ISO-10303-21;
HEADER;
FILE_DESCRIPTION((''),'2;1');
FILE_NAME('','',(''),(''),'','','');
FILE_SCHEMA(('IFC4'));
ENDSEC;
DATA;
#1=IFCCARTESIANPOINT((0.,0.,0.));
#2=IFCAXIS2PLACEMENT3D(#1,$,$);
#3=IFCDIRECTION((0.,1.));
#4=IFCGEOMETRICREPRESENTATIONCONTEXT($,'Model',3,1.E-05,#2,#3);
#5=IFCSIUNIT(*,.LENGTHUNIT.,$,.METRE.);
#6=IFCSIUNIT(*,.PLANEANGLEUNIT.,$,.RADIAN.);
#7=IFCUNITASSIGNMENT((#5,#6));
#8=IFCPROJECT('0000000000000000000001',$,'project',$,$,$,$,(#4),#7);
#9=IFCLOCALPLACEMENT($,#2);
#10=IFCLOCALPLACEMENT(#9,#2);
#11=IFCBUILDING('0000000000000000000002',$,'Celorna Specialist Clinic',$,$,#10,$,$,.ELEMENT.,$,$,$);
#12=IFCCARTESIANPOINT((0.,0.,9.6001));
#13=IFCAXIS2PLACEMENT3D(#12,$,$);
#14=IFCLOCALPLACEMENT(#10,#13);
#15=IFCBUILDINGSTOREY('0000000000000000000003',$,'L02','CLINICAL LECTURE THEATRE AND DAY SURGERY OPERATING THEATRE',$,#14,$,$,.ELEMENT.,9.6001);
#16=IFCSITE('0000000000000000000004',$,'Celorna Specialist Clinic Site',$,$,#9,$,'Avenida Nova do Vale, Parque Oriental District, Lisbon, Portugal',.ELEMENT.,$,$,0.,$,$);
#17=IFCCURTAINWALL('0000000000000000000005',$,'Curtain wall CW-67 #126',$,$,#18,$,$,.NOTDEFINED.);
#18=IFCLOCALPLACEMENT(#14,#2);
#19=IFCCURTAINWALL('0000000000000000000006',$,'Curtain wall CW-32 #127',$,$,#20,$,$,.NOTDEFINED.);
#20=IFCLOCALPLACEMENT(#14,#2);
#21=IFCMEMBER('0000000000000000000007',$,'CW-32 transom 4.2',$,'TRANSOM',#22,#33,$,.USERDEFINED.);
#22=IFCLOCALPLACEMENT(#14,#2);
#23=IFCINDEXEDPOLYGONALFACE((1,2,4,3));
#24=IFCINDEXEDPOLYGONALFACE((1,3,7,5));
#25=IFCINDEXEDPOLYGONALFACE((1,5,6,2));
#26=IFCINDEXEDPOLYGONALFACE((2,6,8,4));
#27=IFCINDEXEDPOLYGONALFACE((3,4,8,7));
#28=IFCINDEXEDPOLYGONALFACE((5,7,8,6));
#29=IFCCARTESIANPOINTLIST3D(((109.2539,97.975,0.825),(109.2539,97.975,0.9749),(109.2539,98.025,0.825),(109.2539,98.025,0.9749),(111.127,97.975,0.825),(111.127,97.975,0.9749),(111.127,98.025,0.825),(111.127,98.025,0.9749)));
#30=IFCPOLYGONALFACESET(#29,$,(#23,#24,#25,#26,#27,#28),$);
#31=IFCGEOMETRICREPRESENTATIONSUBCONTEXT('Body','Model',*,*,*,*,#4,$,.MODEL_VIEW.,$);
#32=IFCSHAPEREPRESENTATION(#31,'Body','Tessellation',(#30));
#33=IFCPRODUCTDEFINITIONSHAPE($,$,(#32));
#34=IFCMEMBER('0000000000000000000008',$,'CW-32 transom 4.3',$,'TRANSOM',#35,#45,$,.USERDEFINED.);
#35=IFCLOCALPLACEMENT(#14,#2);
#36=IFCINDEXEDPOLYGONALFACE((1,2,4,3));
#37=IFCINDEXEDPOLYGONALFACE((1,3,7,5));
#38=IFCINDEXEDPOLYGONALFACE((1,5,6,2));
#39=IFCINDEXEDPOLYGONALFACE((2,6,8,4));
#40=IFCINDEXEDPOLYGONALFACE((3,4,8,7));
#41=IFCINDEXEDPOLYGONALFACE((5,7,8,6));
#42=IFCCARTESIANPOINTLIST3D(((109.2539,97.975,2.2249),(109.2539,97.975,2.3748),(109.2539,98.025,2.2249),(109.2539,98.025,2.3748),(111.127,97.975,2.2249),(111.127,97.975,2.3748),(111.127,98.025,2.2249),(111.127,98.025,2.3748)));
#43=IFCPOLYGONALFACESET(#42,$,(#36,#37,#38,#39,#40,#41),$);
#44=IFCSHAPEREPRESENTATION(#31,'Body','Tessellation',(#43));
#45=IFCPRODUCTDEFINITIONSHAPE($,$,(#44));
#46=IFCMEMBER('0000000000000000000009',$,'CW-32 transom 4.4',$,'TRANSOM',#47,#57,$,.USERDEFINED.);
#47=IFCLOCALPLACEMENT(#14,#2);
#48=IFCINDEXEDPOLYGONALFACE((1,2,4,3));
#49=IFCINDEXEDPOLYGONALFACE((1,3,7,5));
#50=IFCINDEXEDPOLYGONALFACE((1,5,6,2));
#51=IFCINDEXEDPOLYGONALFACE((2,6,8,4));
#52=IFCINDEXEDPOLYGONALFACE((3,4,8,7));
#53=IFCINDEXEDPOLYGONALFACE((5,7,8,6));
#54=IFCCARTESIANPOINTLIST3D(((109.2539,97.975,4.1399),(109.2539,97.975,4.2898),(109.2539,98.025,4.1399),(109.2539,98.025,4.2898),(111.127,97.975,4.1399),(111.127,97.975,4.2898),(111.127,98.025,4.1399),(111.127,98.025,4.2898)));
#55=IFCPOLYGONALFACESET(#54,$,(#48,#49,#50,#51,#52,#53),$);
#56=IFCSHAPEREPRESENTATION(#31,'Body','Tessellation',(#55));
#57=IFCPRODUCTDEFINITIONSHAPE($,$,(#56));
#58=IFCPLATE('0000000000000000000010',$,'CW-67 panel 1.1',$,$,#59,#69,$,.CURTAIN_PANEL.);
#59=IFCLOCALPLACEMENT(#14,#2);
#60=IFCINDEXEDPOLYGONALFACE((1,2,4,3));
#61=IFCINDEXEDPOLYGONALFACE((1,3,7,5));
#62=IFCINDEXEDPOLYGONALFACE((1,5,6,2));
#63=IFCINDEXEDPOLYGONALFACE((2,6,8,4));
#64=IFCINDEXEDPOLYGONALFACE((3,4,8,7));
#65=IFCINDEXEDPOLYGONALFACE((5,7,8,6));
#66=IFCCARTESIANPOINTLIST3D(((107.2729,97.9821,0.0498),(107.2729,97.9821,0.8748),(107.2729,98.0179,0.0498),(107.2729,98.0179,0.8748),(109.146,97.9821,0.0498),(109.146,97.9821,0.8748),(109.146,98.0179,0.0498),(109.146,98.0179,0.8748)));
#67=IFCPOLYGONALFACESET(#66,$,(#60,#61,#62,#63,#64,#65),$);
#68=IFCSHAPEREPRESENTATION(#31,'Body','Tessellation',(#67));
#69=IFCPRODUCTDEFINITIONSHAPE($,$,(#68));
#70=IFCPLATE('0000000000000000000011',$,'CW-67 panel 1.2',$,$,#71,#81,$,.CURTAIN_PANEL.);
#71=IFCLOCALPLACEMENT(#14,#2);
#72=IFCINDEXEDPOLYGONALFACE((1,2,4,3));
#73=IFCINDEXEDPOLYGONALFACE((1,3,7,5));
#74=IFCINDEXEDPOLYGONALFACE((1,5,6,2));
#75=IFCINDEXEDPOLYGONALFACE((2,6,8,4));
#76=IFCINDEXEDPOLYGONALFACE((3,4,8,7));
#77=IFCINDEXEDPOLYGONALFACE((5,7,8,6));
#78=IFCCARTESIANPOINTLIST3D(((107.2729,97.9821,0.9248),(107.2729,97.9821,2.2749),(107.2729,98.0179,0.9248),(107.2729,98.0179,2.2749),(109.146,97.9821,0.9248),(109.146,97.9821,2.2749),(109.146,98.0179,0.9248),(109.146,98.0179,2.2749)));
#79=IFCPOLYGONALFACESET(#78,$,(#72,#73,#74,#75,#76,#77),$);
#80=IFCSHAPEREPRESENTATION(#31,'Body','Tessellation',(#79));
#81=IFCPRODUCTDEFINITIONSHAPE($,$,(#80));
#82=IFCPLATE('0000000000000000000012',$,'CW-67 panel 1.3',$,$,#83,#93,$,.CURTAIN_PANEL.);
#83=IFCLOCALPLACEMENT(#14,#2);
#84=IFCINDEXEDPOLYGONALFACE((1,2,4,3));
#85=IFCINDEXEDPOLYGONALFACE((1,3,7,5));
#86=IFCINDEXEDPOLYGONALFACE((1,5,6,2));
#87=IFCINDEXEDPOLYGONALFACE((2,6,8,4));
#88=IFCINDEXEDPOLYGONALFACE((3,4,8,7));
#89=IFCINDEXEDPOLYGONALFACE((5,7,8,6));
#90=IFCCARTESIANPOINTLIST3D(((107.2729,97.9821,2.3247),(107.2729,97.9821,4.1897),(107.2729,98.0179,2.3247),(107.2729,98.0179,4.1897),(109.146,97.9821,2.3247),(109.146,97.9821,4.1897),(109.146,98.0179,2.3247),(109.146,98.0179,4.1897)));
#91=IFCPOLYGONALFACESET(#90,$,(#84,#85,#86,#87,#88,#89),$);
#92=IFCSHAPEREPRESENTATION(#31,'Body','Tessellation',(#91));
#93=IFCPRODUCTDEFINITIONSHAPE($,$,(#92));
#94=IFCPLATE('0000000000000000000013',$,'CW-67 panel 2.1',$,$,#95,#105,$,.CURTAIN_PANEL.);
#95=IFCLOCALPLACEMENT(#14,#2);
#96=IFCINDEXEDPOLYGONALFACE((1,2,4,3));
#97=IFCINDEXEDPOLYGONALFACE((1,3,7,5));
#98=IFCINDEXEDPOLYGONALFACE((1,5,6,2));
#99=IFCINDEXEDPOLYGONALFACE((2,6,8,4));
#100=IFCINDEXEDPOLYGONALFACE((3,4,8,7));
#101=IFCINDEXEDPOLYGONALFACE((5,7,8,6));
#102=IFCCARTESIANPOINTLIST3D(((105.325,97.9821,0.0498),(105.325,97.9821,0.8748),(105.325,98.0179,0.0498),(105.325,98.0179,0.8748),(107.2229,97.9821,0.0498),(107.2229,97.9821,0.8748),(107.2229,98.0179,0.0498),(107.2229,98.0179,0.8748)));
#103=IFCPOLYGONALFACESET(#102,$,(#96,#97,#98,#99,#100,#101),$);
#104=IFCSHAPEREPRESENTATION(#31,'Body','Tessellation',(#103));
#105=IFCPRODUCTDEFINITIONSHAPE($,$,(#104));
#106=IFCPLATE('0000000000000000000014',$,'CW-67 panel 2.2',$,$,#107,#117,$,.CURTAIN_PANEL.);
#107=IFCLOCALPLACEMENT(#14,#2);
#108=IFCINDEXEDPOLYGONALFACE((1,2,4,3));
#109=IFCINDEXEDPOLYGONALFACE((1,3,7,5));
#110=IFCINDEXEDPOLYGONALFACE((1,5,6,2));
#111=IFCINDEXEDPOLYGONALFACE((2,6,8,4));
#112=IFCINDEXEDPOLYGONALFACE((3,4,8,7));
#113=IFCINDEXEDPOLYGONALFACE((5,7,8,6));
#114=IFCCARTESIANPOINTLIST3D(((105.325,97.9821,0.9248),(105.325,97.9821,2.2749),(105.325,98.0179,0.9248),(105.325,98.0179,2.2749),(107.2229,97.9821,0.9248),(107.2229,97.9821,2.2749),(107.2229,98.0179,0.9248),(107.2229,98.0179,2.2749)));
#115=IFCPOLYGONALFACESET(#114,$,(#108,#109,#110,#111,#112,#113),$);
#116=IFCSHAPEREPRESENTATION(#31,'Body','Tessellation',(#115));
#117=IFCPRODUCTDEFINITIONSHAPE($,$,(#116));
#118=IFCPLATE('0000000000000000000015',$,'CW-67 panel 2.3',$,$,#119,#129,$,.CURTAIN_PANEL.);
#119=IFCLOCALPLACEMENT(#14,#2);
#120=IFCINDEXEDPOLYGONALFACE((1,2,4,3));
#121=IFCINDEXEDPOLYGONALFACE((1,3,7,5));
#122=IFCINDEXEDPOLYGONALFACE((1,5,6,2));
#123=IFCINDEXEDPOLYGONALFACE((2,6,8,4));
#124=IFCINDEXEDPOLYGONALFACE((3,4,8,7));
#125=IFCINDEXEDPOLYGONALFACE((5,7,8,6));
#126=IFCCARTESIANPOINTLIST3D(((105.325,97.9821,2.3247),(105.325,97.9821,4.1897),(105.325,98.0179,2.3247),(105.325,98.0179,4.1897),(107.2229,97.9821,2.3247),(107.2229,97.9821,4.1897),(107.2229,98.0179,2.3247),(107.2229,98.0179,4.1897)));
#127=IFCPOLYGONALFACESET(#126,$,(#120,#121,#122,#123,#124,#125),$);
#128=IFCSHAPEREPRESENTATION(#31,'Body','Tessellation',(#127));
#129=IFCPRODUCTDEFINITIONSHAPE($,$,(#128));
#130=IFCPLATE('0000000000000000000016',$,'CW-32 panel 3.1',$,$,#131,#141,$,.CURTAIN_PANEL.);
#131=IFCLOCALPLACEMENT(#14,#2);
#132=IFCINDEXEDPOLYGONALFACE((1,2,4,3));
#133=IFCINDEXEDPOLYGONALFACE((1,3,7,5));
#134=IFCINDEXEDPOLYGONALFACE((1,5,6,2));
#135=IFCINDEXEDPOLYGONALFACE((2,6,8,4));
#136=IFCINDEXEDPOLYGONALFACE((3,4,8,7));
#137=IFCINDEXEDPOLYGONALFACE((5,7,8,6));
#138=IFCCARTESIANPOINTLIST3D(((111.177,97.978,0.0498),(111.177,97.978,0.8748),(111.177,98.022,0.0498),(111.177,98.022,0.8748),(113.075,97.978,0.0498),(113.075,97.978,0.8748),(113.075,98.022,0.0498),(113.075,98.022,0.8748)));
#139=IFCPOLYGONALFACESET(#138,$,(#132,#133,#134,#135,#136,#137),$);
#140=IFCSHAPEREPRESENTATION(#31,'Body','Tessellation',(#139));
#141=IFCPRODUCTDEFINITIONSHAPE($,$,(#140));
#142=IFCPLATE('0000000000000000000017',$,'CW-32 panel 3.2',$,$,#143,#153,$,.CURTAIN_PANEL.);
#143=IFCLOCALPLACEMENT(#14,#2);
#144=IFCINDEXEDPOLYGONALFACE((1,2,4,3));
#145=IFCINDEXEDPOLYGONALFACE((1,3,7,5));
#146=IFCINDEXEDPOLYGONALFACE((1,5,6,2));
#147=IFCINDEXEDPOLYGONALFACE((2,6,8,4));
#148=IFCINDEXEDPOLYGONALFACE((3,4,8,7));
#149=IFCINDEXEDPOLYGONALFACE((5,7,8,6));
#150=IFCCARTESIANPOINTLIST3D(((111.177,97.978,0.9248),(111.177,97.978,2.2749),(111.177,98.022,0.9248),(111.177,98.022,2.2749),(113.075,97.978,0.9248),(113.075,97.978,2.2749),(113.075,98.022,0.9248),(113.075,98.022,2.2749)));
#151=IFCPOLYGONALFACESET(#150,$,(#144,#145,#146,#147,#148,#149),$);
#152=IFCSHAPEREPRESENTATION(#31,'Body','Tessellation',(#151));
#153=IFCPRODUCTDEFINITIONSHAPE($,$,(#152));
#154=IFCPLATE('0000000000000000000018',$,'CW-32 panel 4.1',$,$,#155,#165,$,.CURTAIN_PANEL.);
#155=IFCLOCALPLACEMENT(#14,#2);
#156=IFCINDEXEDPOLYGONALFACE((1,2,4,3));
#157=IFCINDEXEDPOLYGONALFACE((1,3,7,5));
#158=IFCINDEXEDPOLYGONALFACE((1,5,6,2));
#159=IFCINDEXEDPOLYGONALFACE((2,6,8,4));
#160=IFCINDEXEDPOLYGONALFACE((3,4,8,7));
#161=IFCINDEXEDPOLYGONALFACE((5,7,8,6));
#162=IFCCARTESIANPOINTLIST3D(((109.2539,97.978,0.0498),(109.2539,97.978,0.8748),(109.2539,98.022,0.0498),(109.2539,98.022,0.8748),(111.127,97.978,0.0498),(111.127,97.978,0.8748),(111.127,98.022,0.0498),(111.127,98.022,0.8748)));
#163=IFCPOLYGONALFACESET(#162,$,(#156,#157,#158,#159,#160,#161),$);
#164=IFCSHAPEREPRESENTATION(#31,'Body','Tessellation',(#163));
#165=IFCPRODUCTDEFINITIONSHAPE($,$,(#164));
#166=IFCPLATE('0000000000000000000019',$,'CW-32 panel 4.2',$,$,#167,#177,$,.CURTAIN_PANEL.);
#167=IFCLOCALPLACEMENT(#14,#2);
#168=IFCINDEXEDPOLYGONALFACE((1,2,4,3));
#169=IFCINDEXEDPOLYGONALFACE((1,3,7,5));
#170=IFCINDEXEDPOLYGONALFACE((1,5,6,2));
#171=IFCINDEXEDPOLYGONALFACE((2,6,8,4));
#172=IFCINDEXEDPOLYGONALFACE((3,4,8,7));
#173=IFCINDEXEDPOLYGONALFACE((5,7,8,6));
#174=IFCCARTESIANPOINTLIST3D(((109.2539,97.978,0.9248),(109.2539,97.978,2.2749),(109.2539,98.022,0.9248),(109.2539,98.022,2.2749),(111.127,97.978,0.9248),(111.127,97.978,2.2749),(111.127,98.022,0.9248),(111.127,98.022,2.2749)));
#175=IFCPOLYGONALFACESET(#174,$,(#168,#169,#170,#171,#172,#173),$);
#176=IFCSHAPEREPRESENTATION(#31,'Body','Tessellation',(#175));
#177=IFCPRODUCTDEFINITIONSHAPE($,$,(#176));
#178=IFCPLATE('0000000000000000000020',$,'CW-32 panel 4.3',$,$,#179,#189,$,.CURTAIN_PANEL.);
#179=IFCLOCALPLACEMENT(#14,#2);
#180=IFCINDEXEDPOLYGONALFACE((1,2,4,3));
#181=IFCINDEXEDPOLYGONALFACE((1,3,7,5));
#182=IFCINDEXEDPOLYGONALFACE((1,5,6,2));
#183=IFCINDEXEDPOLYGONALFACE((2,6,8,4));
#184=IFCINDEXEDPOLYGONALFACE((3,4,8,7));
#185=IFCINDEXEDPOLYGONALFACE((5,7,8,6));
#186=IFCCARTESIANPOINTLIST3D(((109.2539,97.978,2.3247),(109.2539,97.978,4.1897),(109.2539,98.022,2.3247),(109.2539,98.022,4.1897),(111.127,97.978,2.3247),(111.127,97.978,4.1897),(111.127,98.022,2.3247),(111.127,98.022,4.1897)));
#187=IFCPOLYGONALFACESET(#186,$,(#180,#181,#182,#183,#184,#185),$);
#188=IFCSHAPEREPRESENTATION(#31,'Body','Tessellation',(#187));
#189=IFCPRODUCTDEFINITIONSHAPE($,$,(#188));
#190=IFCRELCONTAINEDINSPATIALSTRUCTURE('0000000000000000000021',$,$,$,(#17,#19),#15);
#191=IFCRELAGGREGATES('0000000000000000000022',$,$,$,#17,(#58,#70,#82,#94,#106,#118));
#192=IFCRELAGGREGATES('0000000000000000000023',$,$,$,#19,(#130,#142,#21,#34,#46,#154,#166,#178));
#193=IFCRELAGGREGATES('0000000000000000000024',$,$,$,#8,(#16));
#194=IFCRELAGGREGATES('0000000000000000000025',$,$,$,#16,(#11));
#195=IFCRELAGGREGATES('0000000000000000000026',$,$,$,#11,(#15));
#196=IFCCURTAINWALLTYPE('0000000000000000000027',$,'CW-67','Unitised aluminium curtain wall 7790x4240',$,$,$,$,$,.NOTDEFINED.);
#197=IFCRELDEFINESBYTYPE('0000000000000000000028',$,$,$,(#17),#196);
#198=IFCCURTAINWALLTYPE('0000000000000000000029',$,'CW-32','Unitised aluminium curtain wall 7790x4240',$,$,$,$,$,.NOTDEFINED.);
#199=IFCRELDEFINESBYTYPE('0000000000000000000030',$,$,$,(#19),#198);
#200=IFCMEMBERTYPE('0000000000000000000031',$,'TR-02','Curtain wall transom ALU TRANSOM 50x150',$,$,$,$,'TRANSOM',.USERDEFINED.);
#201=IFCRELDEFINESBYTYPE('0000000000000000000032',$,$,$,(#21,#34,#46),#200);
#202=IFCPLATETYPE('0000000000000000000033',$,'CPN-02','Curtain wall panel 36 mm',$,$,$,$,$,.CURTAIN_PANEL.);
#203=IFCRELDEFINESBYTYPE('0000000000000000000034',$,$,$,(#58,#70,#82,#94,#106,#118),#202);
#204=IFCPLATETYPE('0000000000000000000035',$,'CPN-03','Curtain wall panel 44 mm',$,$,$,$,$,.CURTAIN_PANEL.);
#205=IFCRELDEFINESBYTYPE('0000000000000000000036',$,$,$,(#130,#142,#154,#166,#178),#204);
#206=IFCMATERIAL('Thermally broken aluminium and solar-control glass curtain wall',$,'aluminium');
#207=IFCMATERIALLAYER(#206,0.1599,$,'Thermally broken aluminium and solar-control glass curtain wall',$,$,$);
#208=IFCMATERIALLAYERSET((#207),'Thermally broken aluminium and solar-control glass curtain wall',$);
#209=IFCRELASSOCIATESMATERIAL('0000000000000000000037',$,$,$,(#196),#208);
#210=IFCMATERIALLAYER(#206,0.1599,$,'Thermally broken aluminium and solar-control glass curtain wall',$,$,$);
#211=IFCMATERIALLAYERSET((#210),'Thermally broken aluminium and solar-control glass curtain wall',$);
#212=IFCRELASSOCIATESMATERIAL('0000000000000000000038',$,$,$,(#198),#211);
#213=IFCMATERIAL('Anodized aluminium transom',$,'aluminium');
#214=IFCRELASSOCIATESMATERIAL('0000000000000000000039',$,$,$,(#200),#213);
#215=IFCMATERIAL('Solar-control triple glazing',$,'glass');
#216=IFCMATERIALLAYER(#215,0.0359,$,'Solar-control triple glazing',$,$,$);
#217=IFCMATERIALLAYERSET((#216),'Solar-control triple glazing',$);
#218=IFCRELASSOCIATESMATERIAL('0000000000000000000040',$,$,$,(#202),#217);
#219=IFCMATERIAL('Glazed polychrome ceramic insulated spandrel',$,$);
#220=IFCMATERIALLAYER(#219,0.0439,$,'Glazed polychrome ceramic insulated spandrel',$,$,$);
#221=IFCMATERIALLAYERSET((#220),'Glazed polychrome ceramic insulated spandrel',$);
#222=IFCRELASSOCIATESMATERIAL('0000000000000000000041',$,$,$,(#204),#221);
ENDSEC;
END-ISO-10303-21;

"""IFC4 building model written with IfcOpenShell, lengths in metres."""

from ifc_helpers import new_model, si_unit, direction, frame, origin, origin_2d, place, context, subcontext, project, spatial, rectangle, extrude, material, layer, layer_set, material_profile, profile_set, type_object, element, aggregate, save


model = new_model("IFC4")

# Units and contexts
model_context = context("Model", 3, precision=1e-05, world=origin(), true_north=direction((0.0, 1.0)))
body_context = subcontext(model_context, "Body", "Model", "MODEL_VIEW")
ifc_project = project(units=[si_unit("LENGTHUNIT", "METRE"), si_unit("PLANEANGLEUNIT", "RADIAN")], contexts=[model_context])

# Site, building, storey
site_placement = place(None, origin())
site = spatial("IfcSite", under=ifc_project, at=site_placement, Name="Celorna Specialist Clinic Site", LongName="Avenida Nova do Vale, Parque Oriental District, Lisbon, Portugal", CompositionType="ELEMENT", RefElevation=0.0)
building_placement = place(site_placement, origin())
building = spatial("IfcBuilding", under=site, at=building_placement, Name="Celorna Specialist Clinic", CompositionType="ELEMENT")
storey_placement = place(building_placement, frame((0.0, 0.0, 9.6001)))
storey = spatial("IfcBuildingStorey", under=building, at=storey_placement, Name="L02", Description="CLINICAL LECTURE THEATRE AND DAY SURGERY OPERATING THEATRE", CompositionType="ELEMENT", Elevation=9.6001)

# Curtain walls
ifc_material_1 = material(Name="Thermally broken aluminium and solar-control glass curtain wall", Category="aluminium")
ifc_layer_1 = layer(ifc_material_1, 0.1599, Name="Thermally broken aluminium and solar-control glass curtain wall")
ifc_layer_set_1 = layer_set([ifc_layer_1], Name="Thermally broken aluminium and solar-control glass curtain wall")
curtain_wall_type_1 = type_object("IfcCurtainWallType", Name="CW-67", Description="Unitised aluminium curtain wall 7790x4240", PredefinedType="NOTDEFINED", material=ifc_layer_set_1)
curtain_wall_1_placement = place(storey_placement, origin())
curtain_wall_1 = element("IfcCurtainWall", 1, at=curtain_wall_1_placement, inside=storey, type_object=curtain_wall_type_1, Name="Curtain wall CW-67 #126", PredefinedType="NOTDEFINED")
ifc_layer_2 = layer(ifc_material_1, 0.1599, Name="Thermally broken aluminium and solar-control glass curtain wall")
ifc_layer_set_2 = layer_set([ifc_layer_2], Name="Thermally broken aluminium and solar-control glass curtain wall")
curtain_wall_type_2 = type_object("IfcCurtainWallType", Name="CW-32", Description="Unitised aluminium curtain wall 7790x4240", PredefinedType="NOTDEFINED", material=ifc_layer_set_2)
curtain_wall_2_placement = place(storey_placement, origin())
curtain_wall_2 = element("IfcCurtainWall", 2, at=curtain_wall_2_placement, inside=storey, type_object=curtain_wall_type_2, Name="Curtain wall CW-32 #127", PredefinedType="NOTDEFINED")

# Members
ifc_material_2 = material(Name="Anodized aluminium transom", Category="aluminium")
ifc_material_profile_1 = material_profile(ifc_material_2, rectangle(XDim=0.05, YDim=0.1499, at=origin_2d()), Name="ALU TRANSOM 50x150")
ifc_profile_set_1 = profile_set([ifc_material_profile_1], Name="Anodized aluminium transom")
member_type_1 = type_object("IfcMemberType", Name="TR-02", Description="Curtain wall transom ALU TRANSOM 50x150", ElementType="TRANSOM", PredefinedType="USERDEFINED", material=ifc_profile_set_1)
member_1_placement = place(storey_placement, frame((111.127, 98.0, 0.8999), z_axis=(-1.0, 0.0, 0.0), x_axis=(0.0, -1.0, 0.0)))
member_1 = element("IfcMember", 3, at=member_1_placement, type_object=member_type_1, Name="CW-32 transom 4.2", ObjectType="TRANSOM", PredefinedType="USERDEFINED", context=body_context, shape_type="SweptSolid", body=[
    extrude(rectangle(XDim=0.05, YDim=0.1499, at=origin_2d()), origin(), (0.0, 0.0, 1.0), 1.873),
])
member_2_placement = place(storey_placement, frame((111.127, 98.0, 2.2998), z_axis=(-1.0, 0.0, 0.0), x_axis=(0.0, -1.0, 0.0)))
member_2 = element("IfcMember", 4, at=member_2_placement, type_object=member_type_1, Name="CW-32 transom 4.3", ObjectType="TRANSOM", PredefinedType="USERDEFINED", context=body_context, shape_type="SweptSolid", body=[
    extrude(rectangle(XDim=0.05, YDim=0.1499, at=origin_2d()), origin(), (0.0, 0.0, 1.0), 1.873),
])
member_3_placement = place(storey_placement, frame((111.127, 98.0, 4.2148), z_axis=(-1.0, 0.0, 0.0), x_axis=(0.0, -1.0, 0.0)))
member_3 = element("IfcMember", 5, at=member_3_placement, type_object=member_type_1, Name="CW-32 transom 4.4", ObjectType="TRANSOM", PredefinedType="USERDEFINED", context=body_context, shape_type="SweptSolid", body=[
    extrude(rectangle(XDim=0.05, YDim=0.1499, at=origin_2d()), origin(), (0.0, 0.0, 1.0), 1.873),
])

# Plates
ifc_material_3 = material(Name="Solar-control triple glazing", Category="glass")
ifc_layer_3 = layer(ifc_material_3, 0.0359, Name="Solar-control triple glazing")
ifc_layer_set_3 = layer_set([ifc_layer_3], Name="Solar-control triple glazing")
plate_type_1 = type_object("IfcPlateType", Name="CPN-02", Description="Curtain wall panel 36 mm", PredefinedType="CURTAIN_PANEL", material=ifc_layer_set_3)
plate_1_placement = place(storey_placement, frame((108.2095, 98.0, 0.0498), z_axis=(0.0, 0.0, 1.0), x_axis=(-1.0, 0.0, 0.0)))
plate_1 = element("IfcPlate", 6, at=plate_1_placement, type_object=plate_type_1, Name="CW-67 panel 1.1", PredefinedType="CURTAIN_PANEL", context=body_context, shape_type="SweptSolid", body=[
    extrude(rectangle(XDim=1.873, YDim=0.0359, at=origin_2d()), origin(), (0.0, 0.0, 1.0), 0.825),
])
plate_2_placement = place(storey_placement, frame((108.2095, 98.0, 0.9248), z_axis=(0.0, 0.0, 1.0), x_axis=(-1.0, 0.0, 0.0)))
plate_2 = element("IfcPlate", 7, at=plate_2_placement, type_object=plate_type_1, Name="CW-67 panel 1.2", PredefinedType="CURTAIN_PANEL", context=body_context, shape_type="SweptSolid", body=[
    extrude(rectangle(XDim=1.873, YDim=0.0359, at=origin_2d()), origin(), (0.0, 0.0, 1.0), 1.3501),
])
plate_3_placement = place(storey_placement, frame((108.2095, 98.0, 2.3247), z_axis=(0.0, 0.0, 1.0), x_axis=(-1.0, 0.0, 0.0)))
plate_3 = element("IfcPlate", 8, at=plate_3_placement, type_object=plate_type_1, Name="CW-67 panel 1.3", PredefinedType="CURTAIN_PANEL", context=body_context, shape_type="SweptSolid", body=[
    extrude(rectangle(XDim=1.873, YDim=0.0359, at=origin_2d()), origin(), (0.0, 0.0, 1.0), 1.865),
])
plate_4_placement = place(storey_placement, frame((106.2739, 98.0, 0.0498), z_axis=(0.0, 0.0, 1.0), x_axis=(-1.0, 0.0, 0.0)))
plate_4 = element("IfcPlate", 9, at=plate_4_placement, type_object=plate_type_1, Name="CW-67 panel 2.1", PredefinedType="CURTAIN_PANEL", context=body_context, shape_type="SweptSolid", body=[
    extrude(rectangle(XDim=1.8979, YDim=0.0359, at=origin_2d()), origin(), (0.0, 0.0, 1.0), 0.825),
])
plate_5_placement = place(storey_placement, frame((106.2739, 98.0, 0.9248), z_axis=(0.0, 0.0, 1.0), x_axis=(-1.0, 0.0, 0.0)))
plate_5 = element("IfcPlate", 10, at=plate_5_placement, type_object=plate_type_1, Name="CW-67 panel 2.2", PredefinedType="CURTAIN_PANEL", context=body_context, shape_type="SweptSolid", body=[
    extrude(rectangle(XDim=1.8979, YDim=0.0359, at=origin_2d()), origin(), (0.0, 0.0, 1.0), 1.3501),
])
plate_6_placement = place(storey_placement, frame((106.2739, 98.0, 2.3247), z_axis=(0.0, 0.0, 1.0), x_axis=(-1.0, 0.0, 0.0)))
plate_6 = element("IfcPlate", 11, at=plate_6_placement, type_object=plate_type_1, Name="CW-67 panel 2.3", PredefinedType="CURTAIN_PANEL", context=body_context, shape_type="SweptSolid", body=[
    extrude(rectangle(XDim=1.8979, YDim=0.0359, at=origin_2d()), origin(), (0.0, 0.0, 1.0), 1.865),
])
aggregate(curtain_wall_1, [plate_1, plate_2, plate_3, plate_4, plate_5, plate_6])
ifc_material_4 = material(Name="Glazed polychrome ceramic insulated spandrel")
ifc_layer_4 = layer(ifc_material_4, 0.0439, Name="Glazed polychrome ceramic insulated spandrel")
ifc_layer_set_4 = layer_set([ifc_layer_4], Name="Glazed polychrome ceramic insulated spandrel")
plate_type_2 = type_object("IfcPlateType", Name="CPN-03", Description="Curtain wall panel 44 mm", PredefinedType="CURTAIN_PANEL", material=ifc_layer_set_4)
plate_7_placement = place(storey_placement, frame((112.126, 98.0, 0.0498), z_axis=(0.0, 0.0, 1.0), x_axis=(-1.0, 0.0, 0.0)))
plate_7 = element("IfcPlate", 12, at=plate_7_placement, type_object=plate_type_2, Name="CW-32 panel 3.1", PredefinedType="CURTAIN_PANEL", context=body_context, shape_type="SweptSolid", body=[
    extrude(rectangle(XDim=1.8979, YDim=0.0439, at=origin_2d()), origin(), (0.0, 0.0, 1.0), 0.825),
])
plate_8_placement = place(storey_placement, frame((112.126, 98.0, 0.9248), z_axis=(0.0, 0.0, 1.0), x_axis=(-1.0, 0.0, 0.0)))
plate_8 = element("IfcPlate", 13, at=plate_8_placement, type_object=plate_type_2, Name="CW-32 panel 3.2", PredefinedType="CURTAIN_PANEL", context=body_context, shape_type="SweptSolid", body=[
    extrude(rectangle(XDim=1.8979, YDim=0.0439, at=origin_2d()), origin(), (0.0, 0.0, 1.0), 1.3501),
])
plate_9_placement = place(storey_placement, frame((110.1904, 98.0, 0.0498), z_axis=(0.0, 0.0, 1.0), x_axis=(-1.0, 0.0, 0.0)))
plate_9 = element("IfcPlate", 14, at=plate_9_placement, type_object=plate_type_2, Name="CW-32 panel 4.1", PredefinedType="CURTAIN_PANEL", context=body_context, shape_type="SweptSolid", body=[
    extrude(rectangle(XDim=1.873, YDim=0.0439, at=origin_2d()), origin(), (0.0, 0.0, 1.0), 0.825),
])
plate_10_placement = place(storey_placement, frame((110.1904, 98.0, 0.9248), z_axis=(0.0, 0.0, 1.0), x_axis=(-1.0, 0.0, 0.0)))
plate_10 = element("IfcPlate", 15, at=plate_10_placement, type_object=plate_type_2, Name="CW-32 panel 4.2", PredefinedType="CURTAIN_PANEL", context=body_context, shape_type="SweptSolid", body=[
    extrude(rectangle(XDim=1.873, YDim=0.0439, at=origin_2d()), origin(), (0.0, 0.0, 1.0), 1.3501),
])
plate_11_placement = place(storey_placement, frame((110.1904, 98.0, 2.3247), z_axis=(0.0, 0.0, 1.0), x_axis=(-1.0, 0.0, 0.0)))
plate_11 = element("IfcPlate", 16, at=plate_11_placement, type_object=plate_type_2, Name="CW-32 panel 4.3", PredefinedType="CURTAIN_PANEL", context=body_context, shape_type="SweptSolid", body=[
    extrude(rectangle(XDim=1.873, YDim=0.0439, at=origin_2d()), origin(), (0.0, 0.0, 1.0), 1.865),
])
aggregate(curtain_wall_2, [plate_7, plate_8, member_1, member_2, member_3, plate_9, plate_10, plate_11])

save(model, "model.ifc")
